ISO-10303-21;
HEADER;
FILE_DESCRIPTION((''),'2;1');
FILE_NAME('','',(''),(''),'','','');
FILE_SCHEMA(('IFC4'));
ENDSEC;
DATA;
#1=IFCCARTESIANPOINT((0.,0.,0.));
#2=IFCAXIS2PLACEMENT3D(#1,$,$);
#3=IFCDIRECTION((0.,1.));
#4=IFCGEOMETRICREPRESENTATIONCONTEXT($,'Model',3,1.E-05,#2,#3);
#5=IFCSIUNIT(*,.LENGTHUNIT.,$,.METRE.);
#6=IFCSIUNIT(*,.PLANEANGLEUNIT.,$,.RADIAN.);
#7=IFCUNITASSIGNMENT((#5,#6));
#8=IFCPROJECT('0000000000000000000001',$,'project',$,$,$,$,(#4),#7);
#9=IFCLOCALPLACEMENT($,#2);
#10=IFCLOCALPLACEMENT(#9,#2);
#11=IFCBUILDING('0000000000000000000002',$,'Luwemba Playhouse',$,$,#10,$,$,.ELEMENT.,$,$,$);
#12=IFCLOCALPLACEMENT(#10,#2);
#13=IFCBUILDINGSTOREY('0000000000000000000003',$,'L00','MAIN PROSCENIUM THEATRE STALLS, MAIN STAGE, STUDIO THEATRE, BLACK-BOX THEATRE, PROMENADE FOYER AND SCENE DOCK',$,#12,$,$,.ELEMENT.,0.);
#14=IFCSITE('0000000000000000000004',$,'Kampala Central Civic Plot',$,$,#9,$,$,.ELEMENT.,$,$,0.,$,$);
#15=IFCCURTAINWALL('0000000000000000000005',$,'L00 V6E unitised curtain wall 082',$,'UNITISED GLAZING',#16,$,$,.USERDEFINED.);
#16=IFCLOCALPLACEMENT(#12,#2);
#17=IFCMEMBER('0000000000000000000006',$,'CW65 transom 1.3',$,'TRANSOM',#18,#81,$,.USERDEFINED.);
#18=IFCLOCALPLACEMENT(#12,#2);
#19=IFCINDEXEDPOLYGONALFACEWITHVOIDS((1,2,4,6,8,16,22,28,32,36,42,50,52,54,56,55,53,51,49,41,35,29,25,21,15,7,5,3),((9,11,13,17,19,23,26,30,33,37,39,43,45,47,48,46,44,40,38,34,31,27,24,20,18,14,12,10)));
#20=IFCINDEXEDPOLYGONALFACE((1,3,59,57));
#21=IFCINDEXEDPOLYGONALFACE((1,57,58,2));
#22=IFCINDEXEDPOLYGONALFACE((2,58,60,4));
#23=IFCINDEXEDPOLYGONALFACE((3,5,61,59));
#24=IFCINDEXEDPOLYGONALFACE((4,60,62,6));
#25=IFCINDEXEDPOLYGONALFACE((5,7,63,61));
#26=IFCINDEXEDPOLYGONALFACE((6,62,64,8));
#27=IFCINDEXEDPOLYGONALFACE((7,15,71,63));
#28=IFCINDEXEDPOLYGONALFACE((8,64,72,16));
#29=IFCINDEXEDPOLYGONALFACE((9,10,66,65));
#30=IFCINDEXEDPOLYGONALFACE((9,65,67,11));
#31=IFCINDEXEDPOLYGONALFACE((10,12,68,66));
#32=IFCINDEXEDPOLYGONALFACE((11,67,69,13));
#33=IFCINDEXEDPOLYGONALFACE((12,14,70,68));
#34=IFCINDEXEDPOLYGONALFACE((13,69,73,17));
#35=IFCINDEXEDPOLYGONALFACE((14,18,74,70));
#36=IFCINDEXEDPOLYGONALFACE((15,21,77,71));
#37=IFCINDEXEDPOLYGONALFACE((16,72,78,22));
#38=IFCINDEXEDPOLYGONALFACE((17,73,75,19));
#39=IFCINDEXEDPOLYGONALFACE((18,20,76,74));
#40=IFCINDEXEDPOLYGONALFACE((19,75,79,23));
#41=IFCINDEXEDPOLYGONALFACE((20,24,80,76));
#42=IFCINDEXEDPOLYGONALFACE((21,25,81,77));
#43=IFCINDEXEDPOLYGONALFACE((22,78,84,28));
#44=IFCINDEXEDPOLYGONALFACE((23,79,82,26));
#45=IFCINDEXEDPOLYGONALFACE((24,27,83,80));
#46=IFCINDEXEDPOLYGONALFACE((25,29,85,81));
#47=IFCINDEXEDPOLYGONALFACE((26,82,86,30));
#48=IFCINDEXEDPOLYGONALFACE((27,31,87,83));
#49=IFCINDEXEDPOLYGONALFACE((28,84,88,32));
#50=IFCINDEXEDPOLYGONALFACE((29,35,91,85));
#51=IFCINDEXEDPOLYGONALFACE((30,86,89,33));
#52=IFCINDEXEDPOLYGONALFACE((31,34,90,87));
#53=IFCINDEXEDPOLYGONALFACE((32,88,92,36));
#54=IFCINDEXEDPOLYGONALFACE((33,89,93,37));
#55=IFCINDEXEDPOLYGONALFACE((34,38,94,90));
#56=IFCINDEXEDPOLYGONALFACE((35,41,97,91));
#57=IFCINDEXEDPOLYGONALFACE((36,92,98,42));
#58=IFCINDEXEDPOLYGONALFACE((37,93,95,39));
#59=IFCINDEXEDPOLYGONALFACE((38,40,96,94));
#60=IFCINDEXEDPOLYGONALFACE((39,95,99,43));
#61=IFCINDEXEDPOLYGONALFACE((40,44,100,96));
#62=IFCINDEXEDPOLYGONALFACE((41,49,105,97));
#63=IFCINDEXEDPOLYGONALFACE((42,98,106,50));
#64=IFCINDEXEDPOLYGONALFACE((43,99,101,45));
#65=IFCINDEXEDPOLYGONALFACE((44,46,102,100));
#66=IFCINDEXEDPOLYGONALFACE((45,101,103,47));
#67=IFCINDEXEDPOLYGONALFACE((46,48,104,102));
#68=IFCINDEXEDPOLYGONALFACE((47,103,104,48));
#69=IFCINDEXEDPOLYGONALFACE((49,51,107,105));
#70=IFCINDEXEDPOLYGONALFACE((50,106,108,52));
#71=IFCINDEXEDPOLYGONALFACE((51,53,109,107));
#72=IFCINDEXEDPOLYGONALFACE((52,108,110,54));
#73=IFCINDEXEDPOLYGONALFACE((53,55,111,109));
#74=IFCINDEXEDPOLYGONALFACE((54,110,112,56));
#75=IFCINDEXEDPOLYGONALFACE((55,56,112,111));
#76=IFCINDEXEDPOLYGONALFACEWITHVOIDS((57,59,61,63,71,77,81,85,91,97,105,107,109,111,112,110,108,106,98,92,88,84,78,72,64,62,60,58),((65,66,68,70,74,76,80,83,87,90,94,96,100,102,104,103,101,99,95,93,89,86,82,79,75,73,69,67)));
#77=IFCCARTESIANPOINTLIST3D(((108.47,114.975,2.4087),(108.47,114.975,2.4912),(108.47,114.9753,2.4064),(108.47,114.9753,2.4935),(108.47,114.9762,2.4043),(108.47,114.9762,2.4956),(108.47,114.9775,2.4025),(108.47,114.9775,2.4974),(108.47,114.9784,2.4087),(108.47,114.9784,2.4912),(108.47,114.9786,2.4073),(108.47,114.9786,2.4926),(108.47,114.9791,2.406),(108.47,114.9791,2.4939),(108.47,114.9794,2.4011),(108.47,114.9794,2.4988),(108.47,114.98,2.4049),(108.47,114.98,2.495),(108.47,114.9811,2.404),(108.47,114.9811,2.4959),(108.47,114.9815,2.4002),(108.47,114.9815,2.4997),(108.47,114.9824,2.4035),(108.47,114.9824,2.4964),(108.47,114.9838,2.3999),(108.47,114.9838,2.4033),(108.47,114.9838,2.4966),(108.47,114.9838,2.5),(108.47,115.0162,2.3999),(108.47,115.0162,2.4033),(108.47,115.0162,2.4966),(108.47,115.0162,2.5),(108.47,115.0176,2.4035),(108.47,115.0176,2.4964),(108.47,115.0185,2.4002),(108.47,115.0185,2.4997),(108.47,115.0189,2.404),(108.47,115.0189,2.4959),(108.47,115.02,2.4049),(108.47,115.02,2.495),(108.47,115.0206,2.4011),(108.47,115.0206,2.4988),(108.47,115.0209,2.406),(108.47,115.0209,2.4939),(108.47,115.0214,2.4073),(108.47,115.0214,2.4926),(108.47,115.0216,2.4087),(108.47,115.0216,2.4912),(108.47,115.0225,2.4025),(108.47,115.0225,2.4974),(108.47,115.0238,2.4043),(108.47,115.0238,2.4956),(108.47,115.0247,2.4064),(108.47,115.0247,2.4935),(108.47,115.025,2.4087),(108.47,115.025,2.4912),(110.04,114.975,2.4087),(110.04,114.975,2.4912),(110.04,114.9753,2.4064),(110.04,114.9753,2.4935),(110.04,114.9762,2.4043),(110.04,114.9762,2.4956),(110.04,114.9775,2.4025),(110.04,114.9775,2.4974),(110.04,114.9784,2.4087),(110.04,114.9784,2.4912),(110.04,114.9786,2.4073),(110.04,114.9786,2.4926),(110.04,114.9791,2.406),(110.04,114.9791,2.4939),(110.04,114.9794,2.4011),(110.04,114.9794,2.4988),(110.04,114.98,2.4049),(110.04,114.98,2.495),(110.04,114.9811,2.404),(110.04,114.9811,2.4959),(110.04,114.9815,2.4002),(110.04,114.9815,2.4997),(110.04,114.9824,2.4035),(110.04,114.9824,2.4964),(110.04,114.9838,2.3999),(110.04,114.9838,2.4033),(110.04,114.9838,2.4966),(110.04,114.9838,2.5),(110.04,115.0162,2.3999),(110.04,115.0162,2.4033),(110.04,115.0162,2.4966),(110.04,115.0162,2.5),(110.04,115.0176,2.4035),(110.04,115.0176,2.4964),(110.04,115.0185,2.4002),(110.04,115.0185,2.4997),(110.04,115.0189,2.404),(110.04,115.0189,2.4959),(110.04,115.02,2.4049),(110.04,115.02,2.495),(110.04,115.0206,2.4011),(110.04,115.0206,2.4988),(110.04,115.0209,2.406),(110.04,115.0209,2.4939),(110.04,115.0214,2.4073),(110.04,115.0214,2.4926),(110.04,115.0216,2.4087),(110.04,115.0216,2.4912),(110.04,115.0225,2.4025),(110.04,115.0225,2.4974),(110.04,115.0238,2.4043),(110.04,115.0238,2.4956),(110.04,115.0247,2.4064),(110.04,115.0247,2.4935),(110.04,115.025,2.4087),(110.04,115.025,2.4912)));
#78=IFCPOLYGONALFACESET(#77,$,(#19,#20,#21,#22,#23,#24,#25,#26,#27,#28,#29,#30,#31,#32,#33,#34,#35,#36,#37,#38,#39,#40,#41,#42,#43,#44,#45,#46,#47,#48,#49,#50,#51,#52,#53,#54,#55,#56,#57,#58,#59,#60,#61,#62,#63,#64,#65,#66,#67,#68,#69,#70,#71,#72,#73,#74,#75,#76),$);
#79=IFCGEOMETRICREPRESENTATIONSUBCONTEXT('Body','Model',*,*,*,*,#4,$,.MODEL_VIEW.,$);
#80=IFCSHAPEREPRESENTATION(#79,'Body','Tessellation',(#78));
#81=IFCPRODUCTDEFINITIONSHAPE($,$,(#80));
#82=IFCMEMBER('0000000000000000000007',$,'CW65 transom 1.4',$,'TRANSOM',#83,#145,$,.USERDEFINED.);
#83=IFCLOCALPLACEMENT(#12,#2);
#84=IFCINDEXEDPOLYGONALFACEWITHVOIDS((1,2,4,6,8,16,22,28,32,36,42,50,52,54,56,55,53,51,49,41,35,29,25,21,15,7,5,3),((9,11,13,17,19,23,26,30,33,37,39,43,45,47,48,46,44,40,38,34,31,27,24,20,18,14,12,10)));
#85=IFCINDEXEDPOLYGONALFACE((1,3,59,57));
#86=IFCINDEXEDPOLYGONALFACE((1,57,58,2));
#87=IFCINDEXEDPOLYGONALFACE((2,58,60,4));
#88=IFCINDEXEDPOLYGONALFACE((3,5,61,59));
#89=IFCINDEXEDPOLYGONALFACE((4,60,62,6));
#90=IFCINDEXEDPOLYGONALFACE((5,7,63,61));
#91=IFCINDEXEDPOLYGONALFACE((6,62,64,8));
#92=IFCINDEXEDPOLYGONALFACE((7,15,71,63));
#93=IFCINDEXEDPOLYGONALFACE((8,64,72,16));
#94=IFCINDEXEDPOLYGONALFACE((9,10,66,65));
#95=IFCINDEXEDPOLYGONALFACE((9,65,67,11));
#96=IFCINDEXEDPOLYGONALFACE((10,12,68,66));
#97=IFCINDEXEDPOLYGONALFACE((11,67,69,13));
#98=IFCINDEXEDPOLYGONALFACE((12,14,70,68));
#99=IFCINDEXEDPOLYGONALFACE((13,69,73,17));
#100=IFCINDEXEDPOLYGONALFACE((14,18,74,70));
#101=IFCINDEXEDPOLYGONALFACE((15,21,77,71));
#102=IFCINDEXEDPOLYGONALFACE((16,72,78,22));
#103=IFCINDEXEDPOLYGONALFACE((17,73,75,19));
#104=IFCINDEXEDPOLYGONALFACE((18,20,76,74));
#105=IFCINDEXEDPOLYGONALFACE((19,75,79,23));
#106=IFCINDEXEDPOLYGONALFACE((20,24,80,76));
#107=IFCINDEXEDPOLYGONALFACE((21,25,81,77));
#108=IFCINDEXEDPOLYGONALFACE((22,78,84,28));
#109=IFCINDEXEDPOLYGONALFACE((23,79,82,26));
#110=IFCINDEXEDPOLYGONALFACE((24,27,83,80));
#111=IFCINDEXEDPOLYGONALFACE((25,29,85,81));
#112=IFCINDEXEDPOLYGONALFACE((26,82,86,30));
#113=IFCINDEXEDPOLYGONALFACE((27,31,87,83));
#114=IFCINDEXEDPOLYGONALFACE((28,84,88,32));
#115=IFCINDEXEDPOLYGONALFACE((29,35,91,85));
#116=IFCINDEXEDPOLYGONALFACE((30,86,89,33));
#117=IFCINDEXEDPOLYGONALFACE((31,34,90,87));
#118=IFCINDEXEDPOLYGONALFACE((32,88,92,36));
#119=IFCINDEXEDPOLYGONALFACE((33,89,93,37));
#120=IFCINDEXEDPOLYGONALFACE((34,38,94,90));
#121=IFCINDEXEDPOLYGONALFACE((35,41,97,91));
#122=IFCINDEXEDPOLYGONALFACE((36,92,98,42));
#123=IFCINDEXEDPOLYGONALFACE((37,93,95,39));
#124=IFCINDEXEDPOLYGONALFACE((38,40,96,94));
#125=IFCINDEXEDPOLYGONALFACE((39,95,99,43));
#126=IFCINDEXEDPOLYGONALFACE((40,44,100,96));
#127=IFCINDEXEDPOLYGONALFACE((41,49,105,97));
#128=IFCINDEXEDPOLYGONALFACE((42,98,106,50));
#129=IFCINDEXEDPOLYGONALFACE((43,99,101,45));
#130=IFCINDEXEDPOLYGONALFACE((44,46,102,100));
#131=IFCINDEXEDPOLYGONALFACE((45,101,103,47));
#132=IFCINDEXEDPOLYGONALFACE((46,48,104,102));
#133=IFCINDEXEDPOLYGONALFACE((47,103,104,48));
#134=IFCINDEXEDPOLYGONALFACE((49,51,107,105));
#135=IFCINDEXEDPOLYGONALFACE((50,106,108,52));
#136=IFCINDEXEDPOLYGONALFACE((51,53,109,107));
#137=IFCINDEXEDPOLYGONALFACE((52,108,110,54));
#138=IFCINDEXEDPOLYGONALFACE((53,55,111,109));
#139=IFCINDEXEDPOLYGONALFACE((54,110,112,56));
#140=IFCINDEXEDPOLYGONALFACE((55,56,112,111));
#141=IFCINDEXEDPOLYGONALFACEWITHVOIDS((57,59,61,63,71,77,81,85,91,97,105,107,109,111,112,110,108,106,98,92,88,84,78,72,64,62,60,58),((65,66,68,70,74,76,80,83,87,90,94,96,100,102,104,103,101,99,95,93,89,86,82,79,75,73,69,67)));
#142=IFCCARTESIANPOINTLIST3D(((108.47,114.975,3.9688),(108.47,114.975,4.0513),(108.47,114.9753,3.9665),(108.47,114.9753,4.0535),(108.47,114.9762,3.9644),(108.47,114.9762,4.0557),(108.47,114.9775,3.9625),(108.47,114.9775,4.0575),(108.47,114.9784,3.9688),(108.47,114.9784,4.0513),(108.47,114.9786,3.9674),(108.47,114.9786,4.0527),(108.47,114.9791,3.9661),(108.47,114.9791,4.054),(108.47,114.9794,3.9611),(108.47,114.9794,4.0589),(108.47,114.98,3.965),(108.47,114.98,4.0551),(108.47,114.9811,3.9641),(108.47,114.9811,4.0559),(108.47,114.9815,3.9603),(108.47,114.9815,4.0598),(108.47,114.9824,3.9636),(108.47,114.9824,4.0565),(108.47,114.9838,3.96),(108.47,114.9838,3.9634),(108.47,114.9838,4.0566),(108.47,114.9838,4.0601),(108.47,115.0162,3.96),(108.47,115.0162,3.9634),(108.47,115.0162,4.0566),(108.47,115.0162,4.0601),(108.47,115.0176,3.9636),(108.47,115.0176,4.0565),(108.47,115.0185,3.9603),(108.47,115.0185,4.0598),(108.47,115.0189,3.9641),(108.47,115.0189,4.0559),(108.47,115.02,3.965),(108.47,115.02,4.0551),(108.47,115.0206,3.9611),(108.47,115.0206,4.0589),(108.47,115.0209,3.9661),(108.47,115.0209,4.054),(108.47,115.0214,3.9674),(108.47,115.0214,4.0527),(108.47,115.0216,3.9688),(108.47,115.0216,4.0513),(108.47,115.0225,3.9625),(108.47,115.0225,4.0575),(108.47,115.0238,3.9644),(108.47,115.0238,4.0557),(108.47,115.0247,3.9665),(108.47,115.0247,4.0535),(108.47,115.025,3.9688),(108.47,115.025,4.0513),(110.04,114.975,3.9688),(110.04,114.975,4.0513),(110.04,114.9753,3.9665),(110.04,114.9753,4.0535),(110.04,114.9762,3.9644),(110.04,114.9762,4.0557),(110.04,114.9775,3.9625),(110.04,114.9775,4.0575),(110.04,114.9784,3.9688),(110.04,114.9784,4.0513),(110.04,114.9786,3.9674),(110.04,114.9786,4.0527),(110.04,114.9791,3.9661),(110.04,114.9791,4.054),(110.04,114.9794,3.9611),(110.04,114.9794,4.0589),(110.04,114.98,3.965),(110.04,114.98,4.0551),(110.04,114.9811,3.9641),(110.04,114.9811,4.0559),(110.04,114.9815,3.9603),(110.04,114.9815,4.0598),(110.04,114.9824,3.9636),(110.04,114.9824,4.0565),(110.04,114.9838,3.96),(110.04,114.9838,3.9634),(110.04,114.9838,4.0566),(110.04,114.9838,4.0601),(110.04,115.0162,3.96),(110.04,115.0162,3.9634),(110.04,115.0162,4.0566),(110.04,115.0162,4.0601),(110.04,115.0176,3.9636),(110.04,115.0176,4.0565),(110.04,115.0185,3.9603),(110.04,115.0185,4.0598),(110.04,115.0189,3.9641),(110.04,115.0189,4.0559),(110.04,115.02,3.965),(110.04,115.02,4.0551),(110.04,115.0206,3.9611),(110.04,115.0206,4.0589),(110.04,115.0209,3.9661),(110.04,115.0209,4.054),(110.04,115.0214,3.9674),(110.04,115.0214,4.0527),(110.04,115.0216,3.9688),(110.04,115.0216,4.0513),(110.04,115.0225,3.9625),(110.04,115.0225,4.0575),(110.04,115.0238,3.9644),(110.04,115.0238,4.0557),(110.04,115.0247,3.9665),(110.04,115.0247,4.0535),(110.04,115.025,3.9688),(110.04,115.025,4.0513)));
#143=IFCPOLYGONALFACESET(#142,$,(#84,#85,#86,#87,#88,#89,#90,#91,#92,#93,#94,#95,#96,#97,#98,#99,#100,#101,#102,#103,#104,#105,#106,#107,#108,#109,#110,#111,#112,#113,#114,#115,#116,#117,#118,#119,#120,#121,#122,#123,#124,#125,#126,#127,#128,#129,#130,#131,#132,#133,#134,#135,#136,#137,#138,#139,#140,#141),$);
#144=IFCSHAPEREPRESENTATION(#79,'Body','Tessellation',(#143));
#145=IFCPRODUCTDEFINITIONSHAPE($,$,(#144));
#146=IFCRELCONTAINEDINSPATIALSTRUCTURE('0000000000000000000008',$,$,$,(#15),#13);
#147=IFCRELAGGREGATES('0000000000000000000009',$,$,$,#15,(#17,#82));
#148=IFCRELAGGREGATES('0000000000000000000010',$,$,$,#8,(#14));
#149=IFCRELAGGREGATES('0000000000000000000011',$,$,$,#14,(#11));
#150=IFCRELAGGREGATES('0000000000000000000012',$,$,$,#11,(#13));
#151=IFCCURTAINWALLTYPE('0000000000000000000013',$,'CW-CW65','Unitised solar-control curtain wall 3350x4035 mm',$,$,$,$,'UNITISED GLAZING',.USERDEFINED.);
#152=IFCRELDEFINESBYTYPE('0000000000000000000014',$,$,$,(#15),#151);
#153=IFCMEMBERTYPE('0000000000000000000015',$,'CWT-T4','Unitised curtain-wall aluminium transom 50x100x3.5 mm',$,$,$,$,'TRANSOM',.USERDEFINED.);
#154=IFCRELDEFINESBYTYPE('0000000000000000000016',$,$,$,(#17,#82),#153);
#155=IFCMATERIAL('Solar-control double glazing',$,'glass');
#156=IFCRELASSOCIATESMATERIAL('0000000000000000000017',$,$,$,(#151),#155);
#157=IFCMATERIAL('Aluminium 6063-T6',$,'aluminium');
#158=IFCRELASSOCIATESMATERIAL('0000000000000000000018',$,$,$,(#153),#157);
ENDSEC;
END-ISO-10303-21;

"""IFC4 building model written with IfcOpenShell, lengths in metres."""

from ifc_helpers import new_model, si_unit, direction, frame, origin, origin_2d, place, context, subcontext, project, spatial, hollow_rectangle, extrude, material, material_profile, profile_set, type_object, element, aggregate, save


model = new_model("IFC4")

# Units and contexts
model_context = context("Model", 3, precision=1e-05, world=origin(), true_north=direction((0.0, 1.0)))
body_context = subcontext(model_context, "Body", "Model", "MODEL_VIEW")
ifc_project = project(units=[si_unit("LENGTHUNIT", "METRE"), si_unit("PLANEANGLEUNIT", "RADIAN")], contexts=[model_context])

# Site, building, storey
site_placement = place(None, origin())
site = spatial("IfcSite", under=ifc_project, at=site_placement, Name="Kampala Central Civic Plot", CompositionType="ELEMENT", RefElevation=0.0)
building_placement = place(site_placement, origin())
building = spatial("IfcBuilding", under=site, at=building_placement, Name="Luwemba Playhouse", CompositionType="ELEMENT")
storey_placement = place(building_placement, origin())
storey = spatial("IfcBuildingStorey", under=building, at=storey_placement, Name="L00", Description="MAIN PROSCENIUM THEATRE STALLS, MAIN STAGE, STUDIO THEATRE, BLACK-BOX THEATRE, PROMENADE FOYER AND SCENE DOCK", CompositionType="ELEMENT", Elevation=0.0)

# Curtain wall, members
ifc_material_1 = material(Name="Solar-control double glazing", Category="glass")
curtain_wall_type = type_object("IfcCurtainWallType", Name="CW-CW65", Description="Unitised solar-control curtain wall 3350x4035 mm", ElementType="UNITISED GLAZING", PredefinedType="USERDEFINED", material=ifc_material_1)
curtain_wall_placement = place(storey_placement, origin())
curtain_wall = element("IfcCurtainWall", 1, at=curtain_wall_placement, inside=storey, type_object=curtain_wall_type, Name="L00 V6E unitised curtain wall 082", ObjectType="UNITISED GLAZING", PredefinedType="USERDEFINED")
ifc_material_2 = material(Name="Aluminium 6063-T6", Category="aluminium")
ifc_material_profile_1 = material_profile(ifc_material_2, hollow_rectangle(XDim=0.05, YDim=0.1001, WallThickness=0.0034, InnerFilletRadius=0.0054, OuterFilletRadius=0.0088, at=origin_2d()))
ifc_profile_set_1 = profile_set([ifc_material_profile_1], Name="Aluminium 6063-T6")
member_type_1 = type_object("IfcMemberType", Name="CWT-T4", Description="Unitised curtain-wall aluminium transom 50x100x3.5 mm", ElementType="TRANSOM", PredefinedType="USERDEFINED", material=ifc_profile_set_1)
member_1_placement = place(storey_placement, frame((108.47, 115.0, 2.45), z_axis=(1.0, 0.0, 0.0), x_axis=(0.0, 1.0, 0.0)))
member_1 = element("IfcMember", 2, at=member_1_placement, type_object=member_type_1, Name="CW65 transom 1.3", ObjectType="TRANSOM", PredefinedType="USERDEFINED", context=body_context, shape_type="SweptSolid", body=[
    extrude(hollow_rectangle(XDim=0.05, YDim=0.1001, WallThickness=0.0034, InnerFilletRadius=0.0054, OuterFilletRadius=0.0088, at=origin_2d()), origin(), (0.0, 0.0, 1.0), 1.5701),
])
member_2_placement = place(storey_placement, frame((108.47, 115.0, 4.01), z_axis=(1.0, 0.0, 0.0), x_axis=(0.0, 1.0, 0.0)))
member_2 = element("IfcMember", 3, at=member_2_placement, type_object=member_type_1, Name="CW65 transom 1.4", ObjectType="TRANSOM", PredefinedType="USERDEFINED", context=body_context, shape_type="SweptSolid", body=[
    extrude(hollow_rectangle(XDim=0.05, YDim=0.1001, WallThickness=0.0034, InnerFilletRadius=0.0054, OuterFilletRadius=0.0088, at=origin_2d()), origin(), (0.0, 0.0, 1.0), 1.5701),
])
aggregate(curtain_wall, [member_1, member_2])

save(model, "model.ifc")
